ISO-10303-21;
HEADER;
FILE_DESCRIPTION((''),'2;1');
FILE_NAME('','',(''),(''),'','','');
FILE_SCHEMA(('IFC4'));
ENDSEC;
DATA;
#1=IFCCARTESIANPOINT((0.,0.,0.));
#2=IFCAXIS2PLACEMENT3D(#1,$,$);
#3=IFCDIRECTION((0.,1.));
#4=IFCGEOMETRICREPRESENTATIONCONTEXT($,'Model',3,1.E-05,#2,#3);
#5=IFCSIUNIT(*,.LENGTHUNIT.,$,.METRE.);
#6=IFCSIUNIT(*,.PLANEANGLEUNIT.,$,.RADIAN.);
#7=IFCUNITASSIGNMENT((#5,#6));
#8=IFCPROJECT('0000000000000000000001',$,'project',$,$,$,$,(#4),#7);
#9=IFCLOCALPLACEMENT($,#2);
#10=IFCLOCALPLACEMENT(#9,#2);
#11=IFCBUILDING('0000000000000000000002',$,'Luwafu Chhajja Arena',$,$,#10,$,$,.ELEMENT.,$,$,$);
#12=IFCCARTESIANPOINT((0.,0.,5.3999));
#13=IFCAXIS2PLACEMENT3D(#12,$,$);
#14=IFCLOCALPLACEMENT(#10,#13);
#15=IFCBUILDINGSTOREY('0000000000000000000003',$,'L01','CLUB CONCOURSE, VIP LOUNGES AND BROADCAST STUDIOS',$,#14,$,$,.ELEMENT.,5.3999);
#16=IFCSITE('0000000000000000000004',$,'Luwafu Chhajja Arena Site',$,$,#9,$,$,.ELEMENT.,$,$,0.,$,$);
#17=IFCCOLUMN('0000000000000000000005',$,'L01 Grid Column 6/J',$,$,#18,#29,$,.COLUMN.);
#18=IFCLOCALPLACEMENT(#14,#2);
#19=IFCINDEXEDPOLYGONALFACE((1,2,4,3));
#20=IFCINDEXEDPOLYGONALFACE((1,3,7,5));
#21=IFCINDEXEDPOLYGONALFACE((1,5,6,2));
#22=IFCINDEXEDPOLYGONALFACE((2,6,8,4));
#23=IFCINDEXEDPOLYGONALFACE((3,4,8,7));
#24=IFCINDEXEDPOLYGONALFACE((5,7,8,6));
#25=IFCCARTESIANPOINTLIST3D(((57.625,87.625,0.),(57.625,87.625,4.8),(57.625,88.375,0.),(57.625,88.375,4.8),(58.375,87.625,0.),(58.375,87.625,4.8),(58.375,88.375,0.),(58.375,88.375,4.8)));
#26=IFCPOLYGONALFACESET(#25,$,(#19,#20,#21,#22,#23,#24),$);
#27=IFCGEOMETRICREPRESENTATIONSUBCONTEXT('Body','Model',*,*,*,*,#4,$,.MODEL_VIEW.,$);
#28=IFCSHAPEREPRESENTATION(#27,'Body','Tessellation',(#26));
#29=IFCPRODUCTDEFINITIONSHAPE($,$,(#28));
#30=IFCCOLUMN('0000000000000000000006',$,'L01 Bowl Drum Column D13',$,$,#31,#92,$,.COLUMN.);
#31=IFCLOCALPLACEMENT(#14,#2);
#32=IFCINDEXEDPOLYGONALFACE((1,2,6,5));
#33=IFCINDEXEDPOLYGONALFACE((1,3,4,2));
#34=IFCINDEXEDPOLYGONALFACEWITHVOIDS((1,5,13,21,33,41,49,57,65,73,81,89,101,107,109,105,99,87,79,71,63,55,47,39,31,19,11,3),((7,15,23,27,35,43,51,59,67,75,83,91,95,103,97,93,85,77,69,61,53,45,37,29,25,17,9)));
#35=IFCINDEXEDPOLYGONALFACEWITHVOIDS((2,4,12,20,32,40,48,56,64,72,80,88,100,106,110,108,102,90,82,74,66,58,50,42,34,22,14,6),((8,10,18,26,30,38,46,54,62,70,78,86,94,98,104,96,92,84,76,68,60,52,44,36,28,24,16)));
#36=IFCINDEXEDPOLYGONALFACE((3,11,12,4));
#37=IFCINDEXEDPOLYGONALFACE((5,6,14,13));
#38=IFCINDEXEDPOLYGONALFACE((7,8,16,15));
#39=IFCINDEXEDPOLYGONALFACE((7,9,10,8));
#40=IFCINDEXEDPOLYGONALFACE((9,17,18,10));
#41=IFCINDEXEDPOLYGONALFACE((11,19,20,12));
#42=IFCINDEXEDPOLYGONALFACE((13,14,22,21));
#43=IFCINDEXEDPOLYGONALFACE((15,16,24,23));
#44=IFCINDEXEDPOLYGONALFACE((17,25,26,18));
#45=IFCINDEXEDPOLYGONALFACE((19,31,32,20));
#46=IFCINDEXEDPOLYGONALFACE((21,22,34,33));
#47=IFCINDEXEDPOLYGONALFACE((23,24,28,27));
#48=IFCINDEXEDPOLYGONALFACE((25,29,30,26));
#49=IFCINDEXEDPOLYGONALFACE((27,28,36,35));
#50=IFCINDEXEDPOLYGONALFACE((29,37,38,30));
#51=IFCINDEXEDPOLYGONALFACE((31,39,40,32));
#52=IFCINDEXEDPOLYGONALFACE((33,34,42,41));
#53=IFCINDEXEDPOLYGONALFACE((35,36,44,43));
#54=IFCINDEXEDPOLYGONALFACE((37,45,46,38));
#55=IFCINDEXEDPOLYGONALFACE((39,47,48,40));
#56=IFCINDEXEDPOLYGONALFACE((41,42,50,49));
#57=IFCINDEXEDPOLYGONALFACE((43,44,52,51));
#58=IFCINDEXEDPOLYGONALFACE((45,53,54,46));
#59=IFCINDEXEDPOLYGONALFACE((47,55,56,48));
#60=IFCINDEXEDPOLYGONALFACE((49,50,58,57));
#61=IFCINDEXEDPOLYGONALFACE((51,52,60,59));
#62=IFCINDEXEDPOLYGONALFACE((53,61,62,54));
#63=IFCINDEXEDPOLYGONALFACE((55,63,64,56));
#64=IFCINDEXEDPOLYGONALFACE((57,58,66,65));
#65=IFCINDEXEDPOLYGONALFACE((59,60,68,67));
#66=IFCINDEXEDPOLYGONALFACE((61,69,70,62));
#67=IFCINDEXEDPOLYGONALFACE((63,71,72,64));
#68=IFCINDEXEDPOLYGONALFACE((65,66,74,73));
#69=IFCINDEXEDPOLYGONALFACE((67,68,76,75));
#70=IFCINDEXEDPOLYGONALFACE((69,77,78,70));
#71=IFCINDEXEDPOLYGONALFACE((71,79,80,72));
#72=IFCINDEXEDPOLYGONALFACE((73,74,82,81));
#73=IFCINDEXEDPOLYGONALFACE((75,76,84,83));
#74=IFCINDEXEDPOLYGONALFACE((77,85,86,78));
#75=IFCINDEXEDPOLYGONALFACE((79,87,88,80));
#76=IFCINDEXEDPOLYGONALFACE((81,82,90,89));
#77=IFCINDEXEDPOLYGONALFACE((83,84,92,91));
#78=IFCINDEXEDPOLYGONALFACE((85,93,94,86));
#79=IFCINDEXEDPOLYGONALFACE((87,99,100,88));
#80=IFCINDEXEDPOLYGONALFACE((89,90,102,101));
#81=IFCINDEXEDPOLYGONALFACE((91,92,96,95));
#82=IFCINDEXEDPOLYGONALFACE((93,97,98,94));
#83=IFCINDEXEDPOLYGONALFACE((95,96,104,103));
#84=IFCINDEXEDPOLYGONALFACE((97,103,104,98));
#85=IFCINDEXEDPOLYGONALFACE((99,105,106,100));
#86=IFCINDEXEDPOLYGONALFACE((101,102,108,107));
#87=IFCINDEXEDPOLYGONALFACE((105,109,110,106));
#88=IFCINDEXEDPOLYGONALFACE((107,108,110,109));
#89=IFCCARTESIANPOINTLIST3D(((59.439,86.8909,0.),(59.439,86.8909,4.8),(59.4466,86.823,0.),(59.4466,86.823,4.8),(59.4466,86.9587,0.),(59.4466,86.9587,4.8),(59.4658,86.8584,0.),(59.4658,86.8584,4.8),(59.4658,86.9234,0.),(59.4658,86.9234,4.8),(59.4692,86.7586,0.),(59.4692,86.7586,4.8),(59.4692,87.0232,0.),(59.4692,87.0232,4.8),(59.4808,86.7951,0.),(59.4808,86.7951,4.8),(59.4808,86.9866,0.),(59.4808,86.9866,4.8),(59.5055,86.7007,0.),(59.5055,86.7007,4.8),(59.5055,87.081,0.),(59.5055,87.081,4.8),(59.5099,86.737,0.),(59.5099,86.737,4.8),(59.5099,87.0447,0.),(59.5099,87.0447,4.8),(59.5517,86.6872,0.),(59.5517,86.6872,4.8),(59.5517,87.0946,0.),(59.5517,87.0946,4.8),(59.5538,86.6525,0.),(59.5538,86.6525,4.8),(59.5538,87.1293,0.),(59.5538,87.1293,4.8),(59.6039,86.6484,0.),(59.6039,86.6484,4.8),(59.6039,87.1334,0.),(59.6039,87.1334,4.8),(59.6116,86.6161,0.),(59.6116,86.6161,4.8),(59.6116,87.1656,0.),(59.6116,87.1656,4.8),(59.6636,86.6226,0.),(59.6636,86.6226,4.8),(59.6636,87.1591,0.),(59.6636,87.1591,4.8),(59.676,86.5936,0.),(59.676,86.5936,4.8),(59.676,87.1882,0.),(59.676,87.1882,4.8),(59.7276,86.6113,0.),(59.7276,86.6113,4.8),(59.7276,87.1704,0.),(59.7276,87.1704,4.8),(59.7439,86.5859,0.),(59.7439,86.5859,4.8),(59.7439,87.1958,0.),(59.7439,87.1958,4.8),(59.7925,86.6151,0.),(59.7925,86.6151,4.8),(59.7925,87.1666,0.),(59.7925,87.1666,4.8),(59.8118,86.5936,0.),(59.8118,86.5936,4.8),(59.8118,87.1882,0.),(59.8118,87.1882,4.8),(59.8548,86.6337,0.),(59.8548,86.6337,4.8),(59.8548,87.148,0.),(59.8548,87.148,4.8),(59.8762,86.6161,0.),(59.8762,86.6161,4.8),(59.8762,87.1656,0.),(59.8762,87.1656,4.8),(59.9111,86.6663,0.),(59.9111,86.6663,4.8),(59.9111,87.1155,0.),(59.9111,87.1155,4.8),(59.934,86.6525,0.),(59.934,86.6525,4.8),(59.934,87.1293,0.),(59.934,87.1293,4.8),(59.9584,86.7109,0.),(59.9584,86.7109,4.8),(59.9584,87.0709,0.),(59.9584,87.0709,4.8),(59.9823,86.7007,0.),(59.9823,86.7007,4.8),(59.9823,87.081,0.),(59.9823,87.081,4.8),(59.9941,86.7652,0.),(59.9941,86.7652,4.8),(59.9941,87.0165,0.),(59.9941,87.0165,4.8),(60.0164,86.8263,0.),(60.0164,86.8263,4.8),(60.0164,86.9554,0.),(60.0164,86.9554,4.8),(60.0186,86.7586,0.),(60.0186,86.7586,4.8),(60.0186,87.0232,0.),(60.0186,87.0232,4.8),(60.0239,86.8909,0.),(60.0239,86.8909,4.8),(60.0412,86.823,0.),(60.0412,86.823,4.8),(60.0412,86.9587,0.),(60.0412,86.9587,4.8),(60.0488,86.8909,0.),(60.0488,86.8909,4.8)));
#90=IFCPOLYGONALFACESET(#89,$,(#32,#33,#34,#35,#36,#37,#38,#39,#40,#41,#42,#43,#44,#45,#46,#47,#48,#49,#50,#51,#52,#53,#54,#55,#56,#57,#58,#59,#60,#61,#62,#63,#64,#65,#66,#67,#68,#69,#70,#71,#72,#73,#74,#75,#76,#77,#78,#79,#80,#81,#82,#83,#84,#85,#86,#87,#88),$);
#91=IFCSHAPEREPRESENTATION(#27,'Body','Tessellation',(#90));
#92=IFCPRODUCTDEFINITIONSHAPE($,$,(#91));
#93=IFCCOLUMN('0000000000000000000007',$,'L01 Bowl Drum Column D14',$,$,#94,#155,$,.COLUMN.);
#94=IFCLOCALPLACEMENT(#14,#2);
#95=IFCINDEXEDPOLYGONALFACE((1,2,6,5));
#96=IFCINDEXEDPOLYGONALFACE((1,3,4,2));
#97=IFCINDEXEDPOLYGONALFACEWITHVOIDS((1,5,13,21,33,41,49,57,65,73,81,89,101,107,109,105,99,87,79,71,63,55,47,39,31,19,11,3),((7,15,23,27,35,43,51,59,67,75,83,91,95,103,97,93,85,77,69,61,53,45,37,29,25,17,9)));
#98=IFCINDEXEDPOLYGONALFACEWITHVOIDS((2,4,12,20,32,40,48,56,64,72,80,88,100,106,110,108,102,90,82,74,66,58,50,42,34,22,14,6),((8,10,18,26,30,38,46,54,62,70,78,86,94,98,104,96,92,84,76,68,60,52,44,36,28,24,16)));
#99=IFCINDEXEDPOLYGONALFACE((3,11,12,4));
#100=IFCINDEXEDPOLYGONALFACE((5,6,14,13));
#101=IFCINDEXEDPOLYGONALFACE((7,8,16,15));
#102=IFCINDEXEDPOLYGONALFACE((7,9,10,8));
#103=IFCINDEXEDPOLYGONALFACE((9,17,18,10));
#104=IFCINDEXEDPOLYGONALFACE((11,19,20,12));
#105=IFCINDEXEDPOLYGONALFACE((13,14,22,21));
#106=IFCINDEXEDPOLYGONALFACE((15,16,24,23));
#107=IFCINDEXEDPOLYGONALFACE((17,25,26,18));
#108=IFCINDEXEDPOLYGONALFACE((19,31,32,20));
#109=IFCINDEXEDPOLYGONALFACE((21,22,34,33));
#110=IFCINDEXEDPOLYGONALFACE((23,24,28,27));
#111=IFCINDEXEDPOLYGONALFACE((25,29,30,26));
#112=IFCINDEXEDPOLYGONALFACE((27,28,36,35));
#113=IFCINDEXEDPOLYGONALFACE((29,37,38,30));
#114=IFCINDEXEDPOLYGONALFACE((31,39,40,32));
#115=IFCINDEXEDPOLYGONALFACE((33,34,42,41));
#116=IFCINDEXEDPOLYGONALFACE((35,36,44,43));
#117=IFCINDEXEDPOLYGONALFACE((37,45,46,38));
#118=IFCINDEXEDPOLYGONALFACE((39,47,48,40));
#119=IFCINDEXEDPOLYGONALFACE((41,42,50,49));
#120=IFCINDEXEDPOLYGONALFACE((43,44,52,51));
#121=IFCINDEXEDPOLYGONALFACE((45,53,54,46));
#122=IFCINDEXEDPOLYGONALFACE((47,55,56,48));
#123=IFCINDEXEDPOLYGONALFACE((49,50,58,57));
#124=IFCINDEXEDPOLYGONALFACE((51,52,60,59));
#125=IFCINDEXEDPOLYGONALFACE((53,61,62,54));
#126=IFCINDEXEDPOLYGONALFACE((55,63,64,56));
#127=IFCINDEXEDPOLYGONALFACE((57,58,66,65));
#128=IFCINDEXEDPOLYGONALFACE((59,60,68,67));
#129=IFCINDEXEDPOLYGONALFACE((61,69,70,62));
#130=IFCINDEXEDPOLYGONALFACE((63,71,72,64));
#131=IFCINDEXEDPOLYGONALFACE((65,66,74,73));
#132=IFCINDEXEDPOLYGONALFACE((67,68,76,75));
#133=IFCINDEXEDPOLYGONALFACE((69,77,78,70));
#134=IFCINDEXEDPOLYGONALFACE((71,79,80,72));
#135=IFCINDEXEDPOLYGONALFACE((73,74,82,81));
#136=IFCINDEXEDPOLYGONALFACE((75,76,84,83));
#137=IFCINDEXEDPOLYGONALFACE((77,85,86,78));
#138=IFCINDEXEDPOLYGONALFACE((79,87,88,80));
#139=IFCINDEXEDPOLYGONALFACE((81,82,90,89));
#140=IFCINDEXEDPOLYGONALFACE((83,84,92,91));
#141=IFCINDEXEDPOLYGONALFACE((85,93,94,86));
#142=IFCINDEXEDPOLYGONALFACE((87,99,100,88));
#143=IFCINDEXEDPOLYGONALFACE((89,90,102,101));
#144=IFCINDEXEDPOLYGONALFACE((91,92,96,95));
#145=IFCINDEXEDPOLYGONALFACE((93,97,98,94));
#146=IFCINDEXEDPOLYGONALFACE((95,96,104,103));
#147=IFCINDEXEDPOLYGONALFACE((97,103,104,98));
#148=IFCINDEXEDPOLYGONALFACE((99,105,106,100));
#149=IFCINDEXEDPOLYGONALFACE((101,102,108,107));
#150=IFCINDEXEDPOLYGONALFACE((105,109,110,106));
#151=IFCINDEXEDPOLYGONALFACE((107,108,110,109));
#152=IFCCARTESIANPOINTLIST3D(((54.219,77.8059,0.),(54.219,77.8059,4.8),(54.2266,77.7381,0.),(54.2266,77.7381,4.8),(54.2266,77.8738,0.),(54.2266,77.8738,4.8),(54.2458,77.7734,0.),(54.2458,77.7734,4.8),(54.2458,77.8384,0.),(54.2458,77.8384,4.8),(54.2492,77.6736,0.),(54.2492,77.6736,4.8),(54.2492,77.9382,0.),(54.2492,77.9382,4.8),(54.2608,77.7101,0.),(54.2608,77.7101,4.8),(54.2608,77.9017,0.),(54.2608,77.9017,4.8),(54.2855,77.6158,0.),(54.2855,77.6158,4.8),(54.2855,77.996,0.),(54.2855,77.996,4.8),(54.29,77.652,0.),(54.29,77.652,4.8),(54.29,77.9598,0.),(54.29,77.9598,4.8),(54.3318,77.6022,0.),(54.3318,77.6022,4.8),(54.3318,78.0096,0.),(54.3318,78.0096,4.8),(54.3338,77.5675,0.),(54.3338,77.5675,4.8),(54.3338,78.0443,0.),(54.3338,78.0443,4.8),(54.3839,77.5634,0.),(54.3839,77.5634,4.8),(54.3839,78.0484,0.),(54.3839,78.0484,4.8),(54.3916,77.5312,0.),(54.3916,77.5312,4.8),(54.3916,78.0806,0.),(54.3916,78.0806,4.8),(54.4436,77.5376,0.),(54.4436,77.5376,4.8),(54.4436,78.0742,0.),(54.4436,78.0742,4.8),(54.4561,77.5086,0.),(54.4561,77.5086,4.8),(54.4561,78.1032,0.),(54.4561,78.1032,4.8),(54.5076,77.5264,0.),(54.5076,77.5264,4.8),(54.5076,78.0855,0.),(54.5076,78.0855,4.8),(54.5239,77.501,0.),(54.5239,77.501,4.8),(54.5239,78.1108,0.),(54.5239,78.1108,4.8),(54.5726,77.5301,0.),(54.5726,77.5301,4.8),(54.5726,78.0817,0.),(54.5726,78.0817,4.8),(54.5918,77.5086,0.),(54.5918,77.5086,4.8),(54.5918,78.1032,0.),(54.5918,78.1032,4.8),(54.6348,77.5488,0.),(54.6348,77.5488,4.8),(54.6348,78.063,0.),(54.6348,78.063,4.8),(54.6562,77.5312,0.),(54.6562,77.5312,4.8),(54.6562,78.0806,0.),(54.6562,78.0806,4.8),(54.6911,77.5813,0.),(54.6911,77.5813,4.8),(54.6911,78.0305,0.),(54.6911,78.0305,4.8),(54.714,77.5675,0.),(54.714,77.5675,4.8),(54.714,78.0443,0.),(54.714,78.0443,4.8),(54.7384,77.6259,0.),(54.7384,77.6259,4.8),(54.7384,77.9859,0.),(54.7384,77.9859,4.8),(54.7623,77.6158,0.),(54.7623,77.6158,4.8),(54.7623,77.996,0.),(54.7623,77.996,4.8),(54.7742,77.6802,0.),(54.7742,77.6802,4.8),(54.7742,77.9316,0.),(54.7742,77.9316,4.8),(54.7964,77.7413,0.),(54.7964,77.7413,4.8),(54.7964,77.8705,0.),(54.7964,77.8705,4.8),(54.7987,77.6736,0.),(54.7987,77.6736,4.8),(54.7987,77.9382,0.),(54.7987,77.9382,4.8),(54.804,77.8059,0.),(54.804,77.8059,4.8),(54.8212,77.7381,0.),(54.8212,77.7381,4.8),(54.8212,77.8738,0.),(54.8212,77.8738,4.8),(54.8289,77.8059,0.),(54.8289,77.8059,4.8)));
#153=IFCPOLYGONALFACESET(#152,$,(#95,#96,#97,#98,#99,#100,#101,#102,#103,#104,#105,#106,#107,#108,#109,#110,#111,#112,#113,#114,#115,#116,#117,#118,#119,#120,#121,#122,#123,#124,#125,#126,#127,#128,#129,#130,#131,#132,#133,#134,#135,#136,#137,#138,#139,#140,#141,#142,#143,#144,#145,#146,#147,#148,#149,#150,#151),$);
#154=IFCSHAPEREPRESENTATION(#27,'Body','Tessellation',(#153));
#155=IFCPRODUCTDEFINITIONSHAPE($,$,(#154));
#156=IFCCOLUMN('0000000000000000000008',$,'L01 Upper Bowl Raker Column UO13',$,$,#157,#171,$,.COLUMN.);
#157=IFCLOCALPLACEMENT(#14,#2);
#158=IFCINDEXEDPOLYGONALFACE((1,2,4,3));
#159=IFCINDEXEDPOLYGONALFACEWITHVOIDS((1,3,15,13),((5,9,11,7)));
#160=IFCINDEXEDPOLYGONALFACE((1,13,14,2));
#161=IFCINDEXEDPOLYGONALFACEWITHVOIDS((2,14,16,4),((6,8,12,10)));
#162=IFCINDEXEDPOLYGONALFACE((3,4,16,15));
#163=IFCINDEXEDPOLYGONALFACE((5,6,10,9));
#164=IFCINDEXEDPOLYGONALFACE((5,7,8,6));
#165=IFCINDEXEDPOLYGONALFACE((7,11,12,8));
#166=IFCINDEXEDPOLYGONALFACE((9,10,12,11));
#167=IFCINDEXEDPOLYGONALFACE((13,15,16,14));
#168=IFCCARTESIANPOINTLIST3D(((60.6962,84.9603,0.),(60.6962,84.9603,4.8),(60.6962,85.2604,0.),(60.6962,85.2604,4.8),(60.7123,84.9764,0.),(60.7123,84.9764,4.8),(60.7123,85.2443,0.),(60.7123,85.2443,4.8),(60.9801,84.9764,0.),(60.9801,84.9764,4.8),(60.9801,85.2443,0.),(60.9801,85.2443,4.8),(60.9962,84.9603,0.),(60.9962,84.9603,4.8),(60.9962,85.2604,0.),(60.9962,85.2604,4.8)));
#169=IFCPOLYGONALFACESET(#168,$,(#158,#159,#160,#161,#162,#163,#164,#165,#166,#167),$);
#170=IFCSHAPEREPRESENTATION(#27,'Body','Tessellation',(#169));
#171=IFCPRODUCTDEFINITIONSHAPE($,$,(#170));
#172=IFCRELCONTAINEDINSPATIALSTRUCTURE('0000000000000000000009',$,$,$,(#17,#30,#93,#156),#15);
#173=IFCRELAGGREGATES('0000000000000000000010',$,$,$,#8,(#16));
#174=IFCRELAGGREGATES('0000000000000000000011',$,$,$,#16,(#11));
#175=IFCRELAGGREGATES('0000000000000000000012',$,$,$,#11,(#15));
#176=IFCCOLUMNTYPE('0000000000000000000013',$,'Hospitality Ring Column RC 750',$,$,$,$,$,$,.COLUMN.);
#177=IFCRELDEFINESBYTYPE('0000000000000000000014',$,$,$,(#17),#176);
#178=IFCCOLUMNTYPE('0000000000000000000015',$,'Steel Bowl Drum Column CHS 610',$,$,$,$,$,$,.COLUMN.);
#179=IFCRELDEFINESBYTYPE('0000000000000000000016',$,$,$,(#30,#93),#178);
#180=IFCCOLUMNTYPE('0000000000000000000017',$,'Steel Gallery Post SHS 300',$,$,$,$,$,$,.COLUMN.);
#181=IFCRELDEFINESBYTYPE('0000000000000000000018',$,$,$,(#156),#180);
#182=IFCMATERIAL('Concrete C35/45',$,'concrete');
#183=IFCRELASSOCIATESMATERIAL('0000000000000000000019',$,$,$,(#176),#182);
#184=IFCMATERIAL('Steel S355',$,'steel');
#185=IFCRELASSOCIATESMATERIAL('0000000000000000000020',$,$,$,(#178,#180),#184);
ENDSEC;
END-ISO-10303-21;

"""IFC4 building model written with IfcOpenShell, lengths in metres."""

from ifc_helpers import new_model, si_unit, direction, frame, origin, origin_2d, place, context, subcontext, project, spatial, rectangle, hollow_rectangle, hollow_circle, extrude, material, material_profile, profile_set, type_object, element, save


model = new_model("IFC4")

# Units and contexts
model_context = context("Model", 3, precision=1e-05, world=origin(), true_north=direction((0.0, 1.0)))
body_context = subcontext(model_context, "Body", "Model", "MODEL_VIEW")
ifc_project = project(units=[si_unit("LENGTHUNIT", "METRE"), si_unit("PLANEANGLEUNIT", "RADIAN")], contexts=[model_context])

# Site, building, storey
site_placement = place(None, origin())
site = spatial("IfcSite", under=ifc_project, at=site_placement, Name="Luwafu Chhajja Arena Site", CompositionType="ELEMENT", RefElevation=0.0)
building_placement = place(site_placement, origin())
building = spatial("IfcBuilding", under=site, at=building_placement, Name="Luwafu Chhajja Arena", CompositionType="ELEMENT")
storey_placement = place(building_placement, frame((0.0, 0.0, 5.3999)))
storey = spatial("IfcBuildingStorey", under=building, at=storey_placement, Name="L01", Description="CLUB CONCOURSE, VIP LOUNGES AND BROADCAST STUDIOS", CompositionType="ELEMENT", Elevation=5.3999)

# Columns
ifc_material_1 = material(Name="Concrete C35/45", Category="concrete")
ifc_material_profile_1 = material_profile(ifc_material_1, rectangle(XDim=0.75, YDim=0.75, at=origin_2d()), Name="RC 750x750")
ifc_profile_set_1 = profile_set([ifc_material_profile_1], Name="Concrete C35/45")
column_type_1 = type_object("IfcColumnType", Name="Hospitality Ring Column RC 750", PredefinedType="COLUMN", material=ifc_profile_set_1)
column_1_placement = place(storey_placement, frame((58.0, 88.0, 0.0), z_axis=(0.0, 0.0, 1.0), x_axis=(1.0, 0.0, 0.0)))
element("IfcColumn", 1, at=column_1_placement, inside=storey, type_object=column_type_1, Name="L01 Grid Column 6/J", PredefinedType="COLUMN", context=body_context, shape_type="SweptSolid", body=[
    extrude(rectangle(XDim=0.75, YDim=0.75, at=origin_2d()), origin(), (0.0, 0.0, 1.0), 4.8),
])
ifc_material_2 = material(Name="Steel S355", Category="steel")
ifc_material_profile_2 = material_profile(ifc_material_2, hollow_circle(Radius=0.3049, WallThickness=0.0249, at=origin_2d()), Name="CHS 610x25")
ifc_profile_set_2 = profile_set([ifc_material_profile_2], Name="Steel S355")
column_type_2 = type_object("IfcColumnType", Name="Steel Bowl Drum Column CHS 610", PredefinedType="COLUMN", material=ifc_profile_set_2)
for number, where, z_axis, x_axis, name in (
    (2, (59.7439, 86.8909, 0.0), (0.0, 0.0, 1.0), (1.0, 0.0, 0.0), "L01 Bowl Drum Column D13"),
    (3, (54.5239, 77.8059, 0.0), (0.0, 0.0, 1.0), (1.0, 0.0, 0.0), "L01 Bowl Drum Column D14"),
):
    element("IfcColumn", number, at=place(storey_placement, frame(where, z_axis=z_axis, x_axis=x_axis)), inside=storey, type_object=column_type_2, Name=name, PredefinedType="COLUMN", context=body_context, shape_type="SweptSolid", body=[
        extrude(hollow_circle(Radius=0.3049, WallThickness=0.0249, at=origin_2d()), origin(), (0.0, 0.0, 1.0), 4.8),
    ])
ifc_material_profile_3 = material_profile(ifc_material_2, hollow_rectangle(XDim=0.3, YDim=0.3, WallThickness=0.0161, at=origin_2d()), Name="SHS 300x300x16")
ifc_profile_set_3 = profile_set([ifc_material_profile_3], Name="Steel S355")
column_type_3 = type_object("IfcColumnType", Name="Steel Gallery Post SHS 300", PredefinedType="COLUMN", material=ifc_profile_set_3)
column_2_placement = place(storey_placement, frame((60.8462, 85.1104, 0.0), z_axis=(0.0, 0.0, 1.0), x_axis=(1.0, 0.0, 0.0)))
element("IfcColumn", 4, at=column_2_placement, inside=storey, type_object=column_type_3, Name="L01 Upper Bowl Raker Column UO13", PredefinedType="COLUMN", context=body_context, shape_type="SweptSolid", body=[
    extrude(hollow_rectangle(XDim=0.3, YDim=0.3, WallThickness=0.0161, at=origin_2d()), origin(), (0.0, 0.0, 1.0), 4.8),
])

save(model, "model.ifc")
